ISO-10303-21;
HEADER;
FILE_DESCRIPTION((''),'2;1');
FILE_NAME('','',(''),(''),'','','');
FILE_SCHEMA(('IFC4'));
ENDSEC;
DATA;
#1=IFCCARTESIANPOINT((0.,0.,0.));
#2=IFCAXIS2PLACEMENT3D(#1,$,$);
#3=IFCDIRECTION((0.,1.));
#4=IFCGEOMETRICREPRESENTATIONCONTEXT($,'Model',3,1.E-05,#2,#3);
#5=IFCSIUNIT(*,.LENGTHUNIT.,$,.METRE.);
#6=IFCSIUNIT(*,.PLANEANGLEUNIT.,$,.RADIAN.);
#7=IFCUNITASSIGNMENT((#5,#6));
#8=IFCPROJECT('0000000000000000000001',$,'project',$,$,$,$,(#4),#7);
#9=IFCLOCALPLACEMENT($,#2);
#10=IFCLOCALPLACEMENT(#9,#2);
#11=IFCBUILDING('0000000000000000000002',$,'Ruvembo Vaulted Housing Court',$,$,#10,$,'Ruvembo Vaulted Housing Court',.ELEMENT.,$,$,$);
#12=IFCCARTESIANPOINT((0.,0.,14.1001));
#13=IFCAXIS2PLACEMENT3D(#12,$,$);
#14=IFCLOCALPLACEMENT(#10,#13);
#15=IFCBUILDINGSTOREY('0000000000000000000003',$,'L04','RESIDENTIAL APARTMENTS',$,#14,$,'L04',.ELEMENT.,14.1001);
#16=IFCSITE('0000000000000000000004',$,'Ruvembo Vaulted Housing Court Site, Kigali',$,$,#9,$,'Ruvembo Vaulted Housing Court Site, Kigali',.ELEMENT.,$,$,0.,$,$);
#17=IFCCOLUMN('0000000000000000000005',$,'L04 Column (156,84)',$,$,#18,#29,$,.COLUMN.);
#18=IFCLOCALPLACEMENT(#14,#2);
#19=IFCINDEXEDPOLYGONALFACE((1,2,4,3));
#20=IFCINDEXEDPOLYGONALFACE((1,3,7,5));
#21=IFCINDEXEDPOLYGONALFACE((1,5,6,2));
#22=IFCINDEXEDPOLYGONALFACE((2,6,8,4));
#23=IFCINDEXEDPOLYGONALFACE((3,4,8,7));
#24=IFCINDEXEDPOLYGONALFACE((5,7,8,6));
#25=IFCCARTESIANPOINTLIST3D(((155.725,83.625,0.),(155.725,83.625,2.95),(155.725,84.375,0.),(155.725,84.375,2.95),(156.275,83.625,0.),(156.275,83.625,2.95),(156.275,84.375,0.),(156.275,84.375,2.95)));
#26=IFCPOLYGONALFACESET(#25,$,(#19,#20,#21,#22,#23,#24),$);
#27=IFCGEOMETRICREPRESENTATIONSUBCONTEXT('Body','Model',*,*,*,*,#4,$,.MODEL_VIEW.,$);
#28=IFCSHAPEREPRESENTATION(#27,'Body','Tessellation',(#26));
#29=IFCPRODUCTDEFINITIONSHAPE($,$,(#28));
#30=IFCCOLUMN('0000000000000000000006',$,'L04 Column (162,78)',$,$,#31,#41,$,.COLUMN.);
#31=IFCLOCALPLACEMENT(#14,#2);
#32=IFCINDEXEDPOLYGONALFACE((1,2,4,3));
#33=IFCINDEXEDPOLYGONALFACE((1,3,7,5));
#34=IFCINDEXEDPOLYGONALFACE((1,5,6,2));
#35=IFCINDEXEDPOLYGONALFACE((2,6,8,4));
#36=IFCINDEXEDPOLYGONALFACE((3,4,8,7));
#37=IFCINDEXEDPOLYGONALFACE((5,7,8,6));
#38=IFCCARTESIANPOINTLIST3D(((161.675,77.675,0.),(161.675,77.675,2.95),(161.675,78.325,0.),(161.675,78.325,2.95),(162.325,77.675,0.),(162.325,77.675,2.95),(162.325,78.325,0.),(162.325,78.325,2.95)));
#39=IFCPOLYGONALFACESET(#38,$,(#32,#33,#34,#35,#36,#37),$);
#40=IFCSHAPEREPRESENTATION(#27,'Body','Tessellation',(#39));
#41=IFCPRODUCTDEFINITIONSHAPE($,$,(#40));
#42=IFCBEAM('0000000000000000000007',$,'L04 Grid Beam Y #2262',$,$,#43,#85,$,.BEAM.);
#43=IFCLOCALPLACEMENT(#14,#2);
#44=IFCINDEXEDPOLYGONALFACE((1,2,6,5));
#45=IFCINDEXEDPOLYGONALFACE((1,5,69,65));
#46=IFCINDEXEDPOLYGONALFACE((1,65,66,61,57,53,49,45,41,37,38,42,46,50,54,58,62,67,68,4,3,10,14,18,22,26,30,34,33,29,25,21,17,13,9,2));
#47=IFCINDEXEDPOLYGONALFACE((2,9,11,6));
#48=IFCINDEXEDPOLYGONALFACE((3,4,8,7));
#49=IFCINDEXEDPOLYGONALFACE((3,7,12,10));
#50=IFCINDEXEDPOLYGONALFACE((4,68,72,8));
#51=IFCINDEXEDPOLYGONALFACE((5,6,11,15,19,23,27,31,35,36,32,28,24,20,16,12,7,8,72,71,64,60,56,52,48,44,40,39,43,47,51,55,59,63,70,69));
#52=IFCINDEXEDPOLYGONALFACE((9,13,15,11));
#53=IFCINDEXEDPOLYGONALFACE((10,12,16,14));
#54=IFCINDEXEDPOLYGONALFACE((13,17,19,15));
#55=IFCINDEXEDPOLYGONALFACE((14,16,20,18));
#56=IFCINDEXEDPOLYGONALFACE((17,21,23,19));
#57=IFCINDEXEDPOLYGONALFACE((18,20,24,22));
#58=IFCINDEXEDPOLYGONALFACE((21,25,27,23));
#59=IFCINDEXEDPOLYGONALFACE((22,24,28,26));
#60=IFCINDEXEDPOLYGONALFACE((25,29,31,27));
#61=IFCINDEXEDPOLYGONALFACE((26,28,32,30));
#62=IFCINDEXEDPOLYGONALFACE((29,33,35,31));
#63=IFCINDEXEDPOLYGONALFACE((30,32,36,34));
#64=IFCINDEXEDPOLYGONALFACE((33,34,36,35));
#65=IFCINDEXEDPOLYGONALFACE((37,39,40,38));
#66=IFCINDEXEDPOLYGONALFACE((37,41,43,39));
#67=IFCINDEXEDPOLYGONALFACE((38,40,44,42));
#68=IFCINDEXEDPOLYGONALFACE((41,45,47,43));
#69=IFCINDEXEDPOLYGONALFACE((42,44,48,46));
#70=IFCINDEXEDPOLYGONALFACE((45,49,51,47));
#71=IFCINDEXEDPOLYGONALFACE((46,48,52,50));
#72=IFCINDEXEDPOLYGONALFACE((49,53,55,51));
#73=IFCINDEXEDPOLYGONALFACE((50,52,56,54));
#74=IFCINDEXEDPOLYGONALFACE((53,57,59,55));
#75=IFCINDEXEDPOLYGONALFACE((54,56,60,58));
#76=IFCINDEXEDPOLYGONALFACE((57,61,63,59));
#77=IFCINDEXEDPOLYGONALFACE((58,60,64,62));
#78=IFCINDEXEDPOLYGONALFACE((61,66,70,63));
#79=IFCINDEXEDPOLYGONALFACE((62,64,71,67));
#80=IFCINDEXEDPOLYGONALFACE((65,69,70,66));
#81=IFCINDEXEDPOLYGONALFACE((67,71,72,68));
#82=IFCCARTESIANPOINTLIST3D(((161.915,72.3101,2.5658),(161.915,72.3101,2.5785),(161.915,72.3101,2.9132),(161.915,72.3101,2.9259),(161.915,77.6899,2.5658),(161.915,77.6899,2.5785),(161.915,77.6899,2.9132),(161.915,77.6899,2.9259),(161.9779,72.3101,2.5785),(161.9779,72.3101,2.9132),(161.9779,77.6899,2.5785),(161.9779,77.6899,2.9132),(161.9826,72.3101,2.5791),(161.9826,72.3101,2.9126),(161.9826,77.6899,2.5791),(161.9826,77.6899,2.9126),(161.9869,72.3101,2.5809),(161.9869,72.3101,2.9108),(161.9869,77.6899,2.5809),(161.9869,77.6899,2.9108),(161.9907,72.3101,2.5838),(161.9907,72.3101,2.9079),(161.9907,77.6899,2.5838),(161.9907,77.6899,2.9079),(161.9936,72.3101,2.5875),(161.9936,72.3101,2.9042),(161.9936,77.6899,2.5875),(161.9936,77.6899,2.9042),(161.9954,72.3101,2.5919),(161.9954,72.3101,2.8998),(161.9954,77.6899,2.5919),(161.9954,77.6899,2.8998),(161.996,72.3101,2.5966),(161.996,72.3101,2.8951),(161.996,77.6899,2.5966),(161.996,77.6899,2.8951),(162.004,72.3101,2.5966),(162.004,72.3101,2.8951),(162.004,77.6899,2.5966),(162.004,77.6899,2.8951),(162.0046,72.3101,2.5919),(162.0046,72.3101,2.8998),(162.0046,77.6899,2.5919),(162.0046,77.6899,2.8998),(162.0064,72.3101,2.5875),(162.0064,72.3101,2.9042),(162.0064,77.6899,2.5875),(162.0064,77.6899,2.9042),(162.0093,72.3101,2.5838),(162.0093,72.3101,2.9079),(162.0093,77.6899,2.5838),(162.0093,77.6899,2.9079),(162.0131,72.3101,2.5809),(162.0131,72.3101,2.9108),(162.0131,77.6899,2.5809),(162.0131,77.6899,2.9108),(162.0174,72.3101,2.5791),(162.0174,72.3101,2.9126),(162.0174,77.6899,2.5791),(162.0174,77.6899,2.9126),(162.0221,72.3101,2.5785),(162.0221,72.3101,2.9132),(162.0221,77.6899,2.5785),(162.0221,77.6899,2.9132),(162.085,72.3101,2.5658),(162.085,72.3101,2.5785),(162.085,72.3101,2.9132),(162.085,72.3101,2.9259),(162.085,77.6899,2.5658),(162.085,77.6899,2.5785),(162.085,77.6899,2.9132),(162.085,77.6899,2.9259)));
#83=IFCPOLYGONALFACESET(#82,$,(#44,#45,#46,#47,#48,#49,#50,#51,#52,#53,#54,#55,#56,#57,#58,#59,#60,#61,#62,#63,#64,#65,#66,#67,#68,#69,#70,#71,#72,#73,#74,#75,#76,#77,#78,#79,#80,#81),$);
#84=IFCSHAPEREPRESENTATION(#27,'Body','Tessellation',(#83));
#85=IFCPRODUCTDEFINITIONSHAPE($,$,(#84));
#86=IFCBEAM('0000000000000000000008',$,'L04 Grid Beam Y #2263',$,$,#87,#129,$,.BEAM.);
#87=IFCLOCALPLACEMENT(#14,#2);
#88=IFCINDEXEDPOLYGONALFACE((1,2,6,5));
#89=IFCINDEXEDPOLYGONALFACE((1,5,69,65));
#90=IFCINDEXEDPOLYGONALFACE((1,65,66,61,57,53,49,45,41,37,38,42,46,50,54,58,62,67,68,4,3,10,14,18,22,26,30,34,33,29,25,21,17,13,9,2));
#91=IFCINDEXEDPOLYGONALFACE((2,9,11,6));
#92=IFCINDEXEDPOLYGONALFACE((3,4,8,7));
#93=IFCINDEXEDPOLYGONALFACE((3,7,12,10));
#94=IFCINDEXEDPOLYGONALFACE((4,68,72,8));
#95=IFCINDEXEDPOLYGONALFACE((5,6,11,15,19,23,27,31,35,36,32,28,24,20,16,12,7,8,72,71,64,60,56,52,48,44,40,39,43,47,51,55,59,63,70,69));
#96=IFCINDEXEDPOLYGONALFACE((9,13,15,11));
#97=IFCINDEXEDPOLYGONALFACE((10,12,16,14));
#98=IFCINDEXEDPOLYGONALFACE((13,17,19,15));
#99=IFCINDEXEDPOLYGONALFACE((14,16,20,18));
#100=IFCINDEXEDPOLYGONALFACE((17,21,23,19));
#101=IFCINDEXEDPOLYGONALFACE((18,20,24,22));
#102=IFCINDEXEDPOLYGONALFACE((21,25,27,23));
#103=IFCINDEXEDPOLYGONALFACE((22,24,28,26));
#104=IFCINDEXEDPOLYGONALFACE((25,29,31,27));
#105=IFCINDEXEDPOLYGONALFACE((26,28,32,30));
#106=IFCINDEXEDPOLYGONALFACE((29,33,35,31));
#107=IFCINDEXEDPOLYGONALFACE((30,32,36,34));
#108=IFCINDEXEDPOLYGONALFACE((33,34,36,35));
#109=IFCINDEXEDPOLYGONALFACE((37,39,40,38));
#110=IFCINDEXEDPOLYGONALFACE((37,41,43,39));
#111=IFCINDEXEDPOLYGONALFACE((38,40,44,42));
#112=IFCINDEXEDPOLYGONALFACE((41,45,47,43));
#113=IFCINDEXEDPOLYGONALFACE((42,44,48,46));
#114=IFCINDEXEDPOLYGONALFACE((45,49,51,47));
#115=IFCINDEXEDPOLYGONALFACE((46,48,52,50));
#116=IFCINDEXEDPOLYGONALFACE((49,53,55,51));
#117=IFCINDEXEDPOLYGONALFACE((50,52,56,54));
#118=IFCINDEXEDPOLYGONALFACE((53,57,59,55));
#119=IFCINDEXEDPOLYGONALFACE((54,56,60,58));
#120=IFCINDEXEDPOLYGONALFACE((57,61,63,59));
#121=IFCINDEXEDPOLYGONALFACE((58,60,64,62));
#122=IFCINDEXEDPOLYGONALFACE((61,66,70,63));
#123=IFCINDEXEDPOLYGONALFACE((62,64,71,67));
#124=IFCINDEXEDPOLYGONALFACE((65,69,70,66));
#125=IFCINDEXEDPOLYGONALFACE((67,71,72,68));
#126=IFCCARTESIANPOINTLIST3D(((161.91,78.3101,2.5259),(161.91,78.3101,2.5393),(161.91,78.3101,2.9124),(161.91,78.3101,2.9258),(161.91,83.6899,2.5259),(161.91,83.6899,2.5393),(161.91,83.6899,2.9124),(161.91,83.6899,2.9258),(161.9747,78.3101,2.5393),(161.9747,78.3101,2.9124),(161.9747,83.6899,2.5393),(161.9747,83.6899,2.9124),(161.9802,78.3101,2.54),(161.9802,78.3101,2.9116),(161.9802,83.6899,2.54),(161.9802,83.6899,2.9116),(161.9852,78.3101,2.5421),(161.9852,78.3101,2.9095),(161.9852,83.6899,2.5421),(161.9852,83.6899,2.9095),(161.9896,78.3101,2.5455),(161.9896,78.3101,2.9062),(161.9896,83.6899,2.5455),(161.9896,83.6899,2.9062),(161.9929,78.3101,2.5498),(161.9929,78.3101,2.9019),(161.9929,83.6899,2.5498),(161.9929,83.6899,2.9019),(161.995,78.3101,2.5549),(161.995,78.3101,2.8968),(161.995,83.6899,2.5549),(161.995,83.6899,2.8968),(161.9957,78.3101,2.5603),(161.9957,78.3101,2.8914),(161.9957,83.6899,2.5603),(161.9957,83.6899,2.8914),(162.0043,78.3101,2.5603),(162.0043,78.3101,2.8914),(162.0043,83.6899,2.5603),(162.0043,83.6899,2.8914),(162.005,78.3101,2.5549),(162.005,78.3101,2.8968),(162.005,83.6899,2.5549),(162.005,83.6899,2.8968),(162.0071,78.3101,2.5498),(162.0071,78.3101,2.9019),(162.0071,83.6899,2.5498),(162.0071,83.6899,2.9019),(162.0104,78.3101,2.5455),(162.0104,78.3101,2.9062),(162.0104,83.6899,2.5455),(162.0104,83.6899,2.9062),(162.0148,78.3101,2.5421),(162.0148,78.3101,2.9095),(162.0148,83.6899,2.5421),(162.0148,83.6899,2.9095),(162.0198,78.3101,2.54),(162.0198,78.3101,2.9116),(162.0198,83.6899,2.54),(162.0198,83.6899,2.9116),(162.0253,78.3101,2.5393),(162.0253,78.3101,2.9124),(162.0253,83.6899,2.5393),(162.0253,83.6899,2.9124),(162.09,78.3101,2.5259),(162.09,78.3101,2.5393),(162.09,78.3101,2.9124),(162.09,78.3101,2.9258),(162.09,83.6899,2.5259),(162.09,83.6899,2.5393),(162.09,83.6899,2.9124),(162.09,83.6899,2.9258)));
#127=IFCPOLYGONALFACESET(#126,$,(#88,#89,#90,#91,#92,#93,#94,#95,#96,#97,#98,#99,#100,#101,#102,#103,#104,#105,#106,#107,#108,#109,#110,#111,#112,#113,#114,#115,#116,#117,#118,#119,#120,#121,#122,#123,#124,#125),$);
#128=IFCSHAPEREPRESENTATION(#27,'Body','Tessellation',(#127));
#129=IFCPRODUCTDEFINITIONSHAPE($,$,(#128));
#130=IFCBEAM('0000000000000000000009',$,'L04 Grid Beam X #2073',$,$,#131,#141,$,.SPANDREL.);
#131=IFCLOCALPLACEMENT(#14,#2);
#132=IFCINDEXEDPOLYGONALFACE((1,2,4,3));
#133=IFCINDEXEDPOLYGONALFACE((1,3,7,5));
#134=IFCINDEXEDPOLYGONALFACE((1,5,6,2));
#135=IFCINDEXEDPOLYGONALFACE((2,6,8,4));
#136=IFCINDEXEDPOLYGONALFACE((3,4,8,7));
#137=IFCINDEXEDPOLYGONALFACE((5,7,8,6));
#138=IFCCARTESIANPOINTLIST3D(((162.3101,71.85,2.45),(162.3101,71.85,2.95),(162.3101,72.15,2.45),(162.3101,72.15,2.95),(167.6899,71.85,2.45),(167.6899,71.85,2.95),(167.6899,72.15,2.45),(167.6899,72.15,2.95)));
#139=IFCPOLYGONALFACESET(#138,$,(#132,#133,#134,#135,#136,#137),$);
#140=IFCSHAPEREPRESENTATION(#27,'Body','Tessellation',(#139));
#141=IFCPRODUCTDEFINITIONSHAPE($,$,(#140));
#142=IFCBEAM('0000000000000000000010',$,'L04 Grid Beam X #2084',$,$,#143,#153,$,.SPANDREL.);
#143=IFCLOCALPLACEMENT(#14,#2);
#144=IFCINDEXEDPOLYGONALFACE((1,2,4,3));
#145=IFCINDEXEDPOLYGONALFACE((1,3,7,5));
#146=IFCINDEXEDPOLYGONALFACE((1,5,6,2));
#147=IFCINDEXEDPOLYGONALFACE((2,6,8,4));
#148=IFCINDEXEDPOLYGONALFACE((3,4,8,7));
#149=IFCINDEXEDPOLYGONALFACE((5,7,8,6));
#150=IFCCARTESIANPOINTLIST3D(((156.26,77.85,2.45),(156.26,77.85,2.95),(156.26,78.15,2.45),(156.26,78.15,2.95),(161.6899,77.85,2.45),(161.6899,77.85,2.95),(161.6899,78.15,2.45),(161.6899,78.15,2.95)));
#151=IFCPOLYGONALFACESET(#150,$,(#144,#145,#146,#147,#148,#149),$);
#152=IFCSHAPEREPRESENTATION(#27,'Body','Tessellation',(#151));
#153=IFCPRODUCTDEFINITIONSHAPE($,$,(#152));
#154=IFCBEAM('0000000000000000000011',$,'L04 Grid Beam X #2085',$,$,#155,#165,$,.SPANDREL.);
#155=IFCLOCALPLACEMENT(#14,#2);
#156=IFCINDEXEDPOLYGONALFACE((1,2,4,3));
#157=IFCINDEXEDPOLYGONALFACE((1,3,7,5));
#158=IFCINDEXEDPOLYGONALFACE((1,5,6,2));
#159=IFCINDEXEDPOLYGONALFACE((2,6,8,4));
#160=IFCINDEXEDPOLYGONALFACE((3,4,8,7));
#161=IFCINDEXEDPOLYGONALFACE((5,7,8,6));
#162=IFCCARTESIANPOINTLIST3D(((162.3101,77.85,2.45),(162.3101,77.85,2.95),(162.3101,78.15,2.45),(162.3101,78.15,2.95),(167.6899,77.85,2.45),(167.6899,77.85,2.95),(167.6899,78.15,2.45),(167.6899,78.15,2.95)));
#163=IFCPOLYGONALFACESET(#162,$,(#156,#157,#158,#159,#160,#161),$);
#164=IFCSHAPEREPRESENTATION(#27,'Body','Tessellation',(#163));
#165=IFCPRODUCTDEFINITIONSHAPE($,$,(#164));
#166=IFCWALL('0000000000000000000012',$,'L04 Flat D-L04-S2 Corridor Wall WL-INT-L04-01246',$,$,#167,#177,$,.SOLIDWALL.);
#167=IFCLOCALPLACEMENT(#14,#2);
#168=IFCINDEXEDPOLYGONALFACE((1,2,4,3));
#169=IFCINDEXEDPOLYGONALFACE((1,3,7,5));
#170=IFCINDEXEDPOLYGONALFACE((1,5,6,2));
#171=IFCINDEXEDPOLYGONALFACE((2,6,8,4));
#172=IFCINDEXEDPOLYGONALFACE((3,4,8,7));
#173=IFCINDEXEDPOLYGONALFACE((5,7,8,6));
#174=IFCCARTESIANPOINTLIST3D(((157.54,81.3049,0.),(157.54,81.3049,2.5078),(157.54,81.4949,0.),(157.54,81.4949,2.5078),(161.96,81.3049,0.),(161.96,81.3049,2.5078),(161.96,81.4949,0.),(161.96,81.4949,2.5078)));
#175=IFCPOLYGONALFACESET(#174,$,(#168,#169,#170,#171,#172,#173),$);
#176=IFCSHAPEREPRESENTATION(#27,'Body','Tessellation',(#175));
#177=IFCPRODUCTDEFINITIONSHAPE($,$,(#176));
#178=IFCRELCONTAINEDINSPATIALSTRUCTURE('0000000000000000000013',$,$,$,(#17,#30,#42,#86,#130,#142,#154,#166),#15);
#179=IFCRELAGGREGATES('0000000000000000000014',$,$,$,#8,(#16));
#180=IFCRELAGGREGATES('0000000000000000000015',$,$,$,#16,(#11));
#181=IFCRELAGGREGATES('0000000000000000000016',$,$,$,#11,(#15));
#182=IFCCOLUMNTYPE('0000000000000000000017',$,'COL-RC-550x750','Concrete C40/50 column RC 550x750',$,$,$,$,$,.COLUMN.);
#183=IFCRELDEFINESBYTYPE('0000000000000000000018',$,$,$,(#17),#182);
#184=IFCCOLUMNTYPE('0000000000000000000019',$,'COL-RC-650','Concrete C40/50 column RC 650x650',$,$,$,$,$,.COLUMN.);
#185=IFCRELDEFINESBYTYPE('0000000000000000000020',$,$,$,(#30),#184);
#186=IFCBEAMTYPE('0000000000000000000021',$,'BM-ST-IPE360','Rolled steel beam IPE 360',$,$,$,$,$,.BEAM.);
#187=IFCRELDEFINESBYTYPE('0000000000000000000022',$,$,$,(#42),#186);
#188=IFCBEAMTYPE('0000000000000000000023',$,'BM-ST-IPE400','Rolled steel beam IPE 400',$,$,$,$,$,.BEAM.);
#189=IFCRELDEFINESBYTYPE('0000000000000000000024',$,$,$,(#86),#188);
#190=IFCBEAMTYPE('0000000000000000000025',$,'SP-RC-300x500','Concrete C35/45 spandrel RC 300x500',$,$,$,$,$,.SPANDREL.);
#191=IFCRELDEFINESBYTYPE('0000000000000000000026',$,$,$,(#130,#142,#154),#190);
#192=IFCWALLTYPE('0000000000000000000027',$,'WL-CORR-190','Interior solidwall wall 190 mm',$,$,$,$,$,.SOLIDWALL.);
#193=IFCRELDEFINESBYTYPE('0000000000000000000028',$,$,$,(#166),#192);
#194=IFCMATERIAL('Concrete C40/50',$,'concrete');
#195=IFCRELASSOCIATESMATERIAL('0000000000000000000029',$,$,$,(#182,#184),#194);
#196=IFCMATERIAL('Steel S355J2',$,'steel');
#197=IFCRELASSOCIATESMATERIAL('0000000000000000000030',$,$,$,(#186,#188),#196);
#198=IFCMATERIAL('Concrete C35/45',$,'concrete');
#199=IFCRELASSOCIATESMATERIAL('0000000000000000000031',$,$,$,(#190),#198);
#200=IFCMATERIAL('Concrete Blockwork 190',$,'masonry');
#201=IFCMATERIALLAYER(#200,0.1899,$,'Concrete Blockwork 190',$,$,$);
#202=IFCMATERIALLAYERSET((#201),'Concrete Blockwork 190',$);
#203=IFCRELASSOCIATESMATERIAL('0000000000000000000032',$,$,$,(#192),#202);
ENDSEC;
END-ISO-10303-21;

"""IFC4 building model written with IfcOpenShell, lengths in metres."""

from ifc_helpers import new_model, si_unit, direction, frame, frame_2d, origin, origin_2d, place, context, subcontext, project, spatial, rectangle, i_section, extrude, material, layer, layer_set, material_profile, profile_set, type_object, element, save


model = new_model("IFC4")

# Units and contexts
model_context = context("Model", 3, precision=1e-05, world=origin(), true_north=direction((0.0, 1.0)))
body_context = subcontext(model_context, "Body", "Model", "MODEL_VIEW")
ifc_project = project(units=[si_unit("LENGTHUNIT", "METRE"), si_unit("PLANEANGLEUNIT", "RADIAN")], contexts=[model_context])

# Site, building, storey
site_placement = place(None, origin())
site = spatial("IfcSite", under=ifc_project, at=site_placement, Name="Ruvembo Vaulted Housing Court Site, Kigali", LongName="Ruvembo Vaulted Housing Court Site, Kigali", CompositionType="ELEMENT", RefElevation=0.0)
building_placement = place(site_placement, origin())
building = spatial("IfcBuilding", under=site, at=building_placement, Name="Ruvembo Vaulted Housing Court", LongName="Ruvembo Vaulted Housing Court", CompositionType="ELEMENT")
storey_placement = place(building_placement, frame((0.0, 0.0, 14.1001)))
storey = spatial("IfcBuildingStorey", under=building, at=storey_placement, Name="L04", Description="RESIDENTIAL APARTMENTS", LongName="L04", CompositionType="ELEMENT", Elevation=14.1001)

# Columns
ifc_material_1 = material(Name="Concrete C40/50", Category="concrete")
ifc_material_profile_1 = material_profile(ifc_material_1, rectangle(XDim=0.55, YDim=0.75, at=origin_2d()), Name="RC 550x750")
ifc_profile_set_1 = profile_set([ifc_material_profile_1], Name="Concrete C40/50")
column_type_1 = type_object("IfcColumnType", Name="COL-RC-550x750", Description="Concrete C40/50 column RC 550x750", PredefinedType="COLUMN", material=ifc_profile_set_1)
column_1_placement = place(storey_placement, frame((156.0, 84.0, 0.0), z_axis=(0.0, 0.0, 1.0), x_axis=(1.0, 0.0, 0.0)))
element("IfcColumn", 1, at=column_1_placement, inside=storey, type_object=column_type_1, Name="L04 Column (156,84)", PredefinedType="COLUMN", context=body_context, shape_type="SweptSolid", body=[
    extrude(rectangle(XDim=0.55, YDim=0.75, at=origin_2d()), origin(), (0.0, 0.0, 1.0), 2.95),
])
ifc_material_profile_2 = material_profile(ifc_material_1, rectangle(XDim=0.6499, YDim=0.6499, at=origin_2d()), Name="RC 650x650")
ifc_profile_set_2 = profile_set([ifc_material_profile_2], Name="Concrete C40/50")
column_type_2 = type_object("IfcColumnType", Name="COL-RC-650", Description="Concrete C40/50 column RC 650x650", PredefinedType="COLUMN", material=ifc_profile_set_2)
column_2_placement = place(storey_placement, frame((162.0, 78.0, 0.0), z_axis=(0.0, 0.0, 1.0), x_axis=(1.0, 0.0, 0.0)))
element("IfcColumn", 2, at=column_2_placement, inside=storey, type_object=column_type_2, Name="L04 Column (162,78)", PredefinedType="COLUMN", context=body_context, shape_type="SweptSolid", body=[
    extrude(rectangle(XDim=0.6499, YDim=0.6499, at=origin_2d()), origin(), (0.0, 0.0, 1.0), 2.95),
])

# Beams
ifc_material_2 = material(Name="Steel S355J2", Category="steel")
ifc_material_profile_3 = material_profile(ifc_material_2, i_section(OverallWidth=0.1699, OverallDepth=0.3601, WebThickness=0.0081, FlangeThickness=0.0127, FilletRadius=0.0181, at=origin_2d()), Name="IPE 360")
ifc_profile_set_3 = profile_set([ifc_material_profile_3], Name="Steel S355J2")
beam_type_1 = type_object("IfcBeamType", Name="BM-ST-IPE360", Description="Rolled steel beam IPE 360", PredefinedType="BEAM", material=ifc_profile_set_3)
beam_1_placement = place(storey_placement, frame((162.0, 72.3101, 2.7458), z_axis=(0.0, 1.0, 0.0), x_axis=(-1.0, 0.0, 0.0)))
element("IfcBeam", 3, at=beam_1_placement, inside=storey, type_object=beam_type_1, Name="L04 Grid Beam Y #2262", PredefinedType="BEAM", context=body_context, shape_type="SweptSolid", body=[
    extrude(i_section(OverallWidth=0.1699, OverallDepth=0.3601, WebThickness=0.0081, FlangeThickness=0.0127, FilletRadius=0.0181, at=origin_2d()), origin(), (0.0, 0.0, 1.0), 5.3799),
])
ifc_material_profile_4 = material_profile(ifc_material_2, i_section(OverallWidth=0.1799, OverallDepth=0.3999, WebThickness=0.0085, FlangeThickness=0.0134, FilletRadius=0.021, at=origin_2d()), Name="IPE 400")
ifc_profile_set_4 = profile_set([ifc_material_profile_4], Name="Steel S355J2")
beam_type_2 = type_object("IfcBeamType", Name="BM-ST-IPE400", Description="Rolled steel beam IPE 400", PredefinedType="BEAM", material=ifc_profile_set_4)
beam_2_placement = place(storey_placement, frame((162.0, 78.3101, 2.7258), z_axis=(0.0, 1.0, 0.0), x_axis=(-1.0, 0.0, 0.0)))
element("IfcBeam", 4, at=beam_2_placement, inside=storey, type_object=beam_type_2, Name="L04 Grid Beam Y #2263", PredefinedType="BEAM", context=body_context, shape_type="SweptSolid", body=[
    extrude(i_section(OverallWidth=0.1799, OverallDepth=0.3999, WebThickness=0.0085, FlangeThickness=0.0134, FilletRadius=0.021, at=origin_2d()), origin(), (0.0, 0.0, 1.0), 5.3799),
])
ifc_material_3 = material(Name="Concrete C35/45", Category="concrete")
ifc_material_profile_5 = material_profile(ifc_material_3, rectangle(XDim=0.3, YDim=0.5, at=origin_2d()), Name="RC 300x500")
ifc_profile_set_5 = profile_set([ifc_material_profile_5], Name="Concrete C35/45")
beam_type_3 = type_object("IfcBeamType", Name="SP-RC-300x500", Description="Concrete C35/45 spandrel RC 300x500", PredefinedType="SPANDREL", material=ifc_profile_set_5)
beam_3_placement = place(storey_placement, frame((162.3101, 72.0, 2.7), z_axis=(1.0, 0.0, 0.0), x_axis=(0.0, 1.0, 0.0)))
element("IfcBeam", 5, at=beam_3_placement, inside=storey, type_object=beam_type_3, Name="L04 Grid Beam X #2073", PredefinedType="SPANDREL", context=body_context, shape_type="SweptSolid", body=[
    extrude(rectangle(XDim=0.3, YDim=0.5, at=origin_2d()), origin(), (0.0, 0.0, 1.0), 5.3799),
])
beam_4_placement = place(storey_placement, frame((156.26, 78.0, 2.7), z_axis=(1.0, 0.0, 0.0), x_axis=(0.0, 1.0, 0.0)))
element("IfcBeam", 6, at=beam_4_placement, inside=storey, type_object=beam_type_3, Name="L04 Grid Beam X #2084", PredefinedType="SPANDREL", context=body_context, shape_type="SweptSolid", body=[
    extrude(rectangle(XDim=0.3, YDim=0.5, at=origin_2d()), origin(), (0.0, 0.0, 1.0), 5.4299),
])
beam_5_placement = place(storey_placement, frame((162.3101, 78.0, 2.7), z_axis=(1.0, 0.0, 0.0), x_axis=(0.0, 1.0, 0.0)))
element("IfcBeam", 7, at=beam_5_placement, inside=storey, type_object=beam_type_3, Name="L04 Grid Beam X #2085", PredefinedType="SPANDREL", context=body_context, shape_type="SweptSolid", body=[
    extrude(rectangle(XDim=0.3, YDim=0.5, at=origin_2d()), origin(), (0.0, 0.0, 1.0), 5.3799),
])

# Wall
ifc_material_4 = material(Name="Concrete Blockwork 190", Category="masonry")
ifc_layer_1 = layer(ifc_material_4, 0.1899, Name="Concrete Blockwork 190")
ifc_layer_set_1 = layer_set([ifc_layer_1], Name="Concrete Blockwork 190")
wall_type_1 = type_object("IfcWallType", Name="WL-CORR-190", Description="Interior solidwall wall 190 mm", PredefinedType="SOLIDWALL", material=ifc_layer_set_1)
wall_1_placement = place(storey_placement, frame((157.54, 81.3999, 0.0), z_axis=(0.0, 0.0, 1.0), x_axis=(1.0, 0.0, 0.0)))
element("IfcWall", 8, at=wall_1_placement, inside=storey, type_object=wall_type_1, Name="L04 Flat D-L04-S2 Corridor Wall WL-INT-L04-01246", PredefinedType="SOLIDWALL", context=body_context, shape_type="SweptSolid", body=[
    extrude(rectangle(XDim=4.4199, YDim=0.1899, at=frame_2d((2.21, 0.0))), origin(), (0.0, 0.0, 1.0), 2.5078),
])

save(model, "model.ifc")
